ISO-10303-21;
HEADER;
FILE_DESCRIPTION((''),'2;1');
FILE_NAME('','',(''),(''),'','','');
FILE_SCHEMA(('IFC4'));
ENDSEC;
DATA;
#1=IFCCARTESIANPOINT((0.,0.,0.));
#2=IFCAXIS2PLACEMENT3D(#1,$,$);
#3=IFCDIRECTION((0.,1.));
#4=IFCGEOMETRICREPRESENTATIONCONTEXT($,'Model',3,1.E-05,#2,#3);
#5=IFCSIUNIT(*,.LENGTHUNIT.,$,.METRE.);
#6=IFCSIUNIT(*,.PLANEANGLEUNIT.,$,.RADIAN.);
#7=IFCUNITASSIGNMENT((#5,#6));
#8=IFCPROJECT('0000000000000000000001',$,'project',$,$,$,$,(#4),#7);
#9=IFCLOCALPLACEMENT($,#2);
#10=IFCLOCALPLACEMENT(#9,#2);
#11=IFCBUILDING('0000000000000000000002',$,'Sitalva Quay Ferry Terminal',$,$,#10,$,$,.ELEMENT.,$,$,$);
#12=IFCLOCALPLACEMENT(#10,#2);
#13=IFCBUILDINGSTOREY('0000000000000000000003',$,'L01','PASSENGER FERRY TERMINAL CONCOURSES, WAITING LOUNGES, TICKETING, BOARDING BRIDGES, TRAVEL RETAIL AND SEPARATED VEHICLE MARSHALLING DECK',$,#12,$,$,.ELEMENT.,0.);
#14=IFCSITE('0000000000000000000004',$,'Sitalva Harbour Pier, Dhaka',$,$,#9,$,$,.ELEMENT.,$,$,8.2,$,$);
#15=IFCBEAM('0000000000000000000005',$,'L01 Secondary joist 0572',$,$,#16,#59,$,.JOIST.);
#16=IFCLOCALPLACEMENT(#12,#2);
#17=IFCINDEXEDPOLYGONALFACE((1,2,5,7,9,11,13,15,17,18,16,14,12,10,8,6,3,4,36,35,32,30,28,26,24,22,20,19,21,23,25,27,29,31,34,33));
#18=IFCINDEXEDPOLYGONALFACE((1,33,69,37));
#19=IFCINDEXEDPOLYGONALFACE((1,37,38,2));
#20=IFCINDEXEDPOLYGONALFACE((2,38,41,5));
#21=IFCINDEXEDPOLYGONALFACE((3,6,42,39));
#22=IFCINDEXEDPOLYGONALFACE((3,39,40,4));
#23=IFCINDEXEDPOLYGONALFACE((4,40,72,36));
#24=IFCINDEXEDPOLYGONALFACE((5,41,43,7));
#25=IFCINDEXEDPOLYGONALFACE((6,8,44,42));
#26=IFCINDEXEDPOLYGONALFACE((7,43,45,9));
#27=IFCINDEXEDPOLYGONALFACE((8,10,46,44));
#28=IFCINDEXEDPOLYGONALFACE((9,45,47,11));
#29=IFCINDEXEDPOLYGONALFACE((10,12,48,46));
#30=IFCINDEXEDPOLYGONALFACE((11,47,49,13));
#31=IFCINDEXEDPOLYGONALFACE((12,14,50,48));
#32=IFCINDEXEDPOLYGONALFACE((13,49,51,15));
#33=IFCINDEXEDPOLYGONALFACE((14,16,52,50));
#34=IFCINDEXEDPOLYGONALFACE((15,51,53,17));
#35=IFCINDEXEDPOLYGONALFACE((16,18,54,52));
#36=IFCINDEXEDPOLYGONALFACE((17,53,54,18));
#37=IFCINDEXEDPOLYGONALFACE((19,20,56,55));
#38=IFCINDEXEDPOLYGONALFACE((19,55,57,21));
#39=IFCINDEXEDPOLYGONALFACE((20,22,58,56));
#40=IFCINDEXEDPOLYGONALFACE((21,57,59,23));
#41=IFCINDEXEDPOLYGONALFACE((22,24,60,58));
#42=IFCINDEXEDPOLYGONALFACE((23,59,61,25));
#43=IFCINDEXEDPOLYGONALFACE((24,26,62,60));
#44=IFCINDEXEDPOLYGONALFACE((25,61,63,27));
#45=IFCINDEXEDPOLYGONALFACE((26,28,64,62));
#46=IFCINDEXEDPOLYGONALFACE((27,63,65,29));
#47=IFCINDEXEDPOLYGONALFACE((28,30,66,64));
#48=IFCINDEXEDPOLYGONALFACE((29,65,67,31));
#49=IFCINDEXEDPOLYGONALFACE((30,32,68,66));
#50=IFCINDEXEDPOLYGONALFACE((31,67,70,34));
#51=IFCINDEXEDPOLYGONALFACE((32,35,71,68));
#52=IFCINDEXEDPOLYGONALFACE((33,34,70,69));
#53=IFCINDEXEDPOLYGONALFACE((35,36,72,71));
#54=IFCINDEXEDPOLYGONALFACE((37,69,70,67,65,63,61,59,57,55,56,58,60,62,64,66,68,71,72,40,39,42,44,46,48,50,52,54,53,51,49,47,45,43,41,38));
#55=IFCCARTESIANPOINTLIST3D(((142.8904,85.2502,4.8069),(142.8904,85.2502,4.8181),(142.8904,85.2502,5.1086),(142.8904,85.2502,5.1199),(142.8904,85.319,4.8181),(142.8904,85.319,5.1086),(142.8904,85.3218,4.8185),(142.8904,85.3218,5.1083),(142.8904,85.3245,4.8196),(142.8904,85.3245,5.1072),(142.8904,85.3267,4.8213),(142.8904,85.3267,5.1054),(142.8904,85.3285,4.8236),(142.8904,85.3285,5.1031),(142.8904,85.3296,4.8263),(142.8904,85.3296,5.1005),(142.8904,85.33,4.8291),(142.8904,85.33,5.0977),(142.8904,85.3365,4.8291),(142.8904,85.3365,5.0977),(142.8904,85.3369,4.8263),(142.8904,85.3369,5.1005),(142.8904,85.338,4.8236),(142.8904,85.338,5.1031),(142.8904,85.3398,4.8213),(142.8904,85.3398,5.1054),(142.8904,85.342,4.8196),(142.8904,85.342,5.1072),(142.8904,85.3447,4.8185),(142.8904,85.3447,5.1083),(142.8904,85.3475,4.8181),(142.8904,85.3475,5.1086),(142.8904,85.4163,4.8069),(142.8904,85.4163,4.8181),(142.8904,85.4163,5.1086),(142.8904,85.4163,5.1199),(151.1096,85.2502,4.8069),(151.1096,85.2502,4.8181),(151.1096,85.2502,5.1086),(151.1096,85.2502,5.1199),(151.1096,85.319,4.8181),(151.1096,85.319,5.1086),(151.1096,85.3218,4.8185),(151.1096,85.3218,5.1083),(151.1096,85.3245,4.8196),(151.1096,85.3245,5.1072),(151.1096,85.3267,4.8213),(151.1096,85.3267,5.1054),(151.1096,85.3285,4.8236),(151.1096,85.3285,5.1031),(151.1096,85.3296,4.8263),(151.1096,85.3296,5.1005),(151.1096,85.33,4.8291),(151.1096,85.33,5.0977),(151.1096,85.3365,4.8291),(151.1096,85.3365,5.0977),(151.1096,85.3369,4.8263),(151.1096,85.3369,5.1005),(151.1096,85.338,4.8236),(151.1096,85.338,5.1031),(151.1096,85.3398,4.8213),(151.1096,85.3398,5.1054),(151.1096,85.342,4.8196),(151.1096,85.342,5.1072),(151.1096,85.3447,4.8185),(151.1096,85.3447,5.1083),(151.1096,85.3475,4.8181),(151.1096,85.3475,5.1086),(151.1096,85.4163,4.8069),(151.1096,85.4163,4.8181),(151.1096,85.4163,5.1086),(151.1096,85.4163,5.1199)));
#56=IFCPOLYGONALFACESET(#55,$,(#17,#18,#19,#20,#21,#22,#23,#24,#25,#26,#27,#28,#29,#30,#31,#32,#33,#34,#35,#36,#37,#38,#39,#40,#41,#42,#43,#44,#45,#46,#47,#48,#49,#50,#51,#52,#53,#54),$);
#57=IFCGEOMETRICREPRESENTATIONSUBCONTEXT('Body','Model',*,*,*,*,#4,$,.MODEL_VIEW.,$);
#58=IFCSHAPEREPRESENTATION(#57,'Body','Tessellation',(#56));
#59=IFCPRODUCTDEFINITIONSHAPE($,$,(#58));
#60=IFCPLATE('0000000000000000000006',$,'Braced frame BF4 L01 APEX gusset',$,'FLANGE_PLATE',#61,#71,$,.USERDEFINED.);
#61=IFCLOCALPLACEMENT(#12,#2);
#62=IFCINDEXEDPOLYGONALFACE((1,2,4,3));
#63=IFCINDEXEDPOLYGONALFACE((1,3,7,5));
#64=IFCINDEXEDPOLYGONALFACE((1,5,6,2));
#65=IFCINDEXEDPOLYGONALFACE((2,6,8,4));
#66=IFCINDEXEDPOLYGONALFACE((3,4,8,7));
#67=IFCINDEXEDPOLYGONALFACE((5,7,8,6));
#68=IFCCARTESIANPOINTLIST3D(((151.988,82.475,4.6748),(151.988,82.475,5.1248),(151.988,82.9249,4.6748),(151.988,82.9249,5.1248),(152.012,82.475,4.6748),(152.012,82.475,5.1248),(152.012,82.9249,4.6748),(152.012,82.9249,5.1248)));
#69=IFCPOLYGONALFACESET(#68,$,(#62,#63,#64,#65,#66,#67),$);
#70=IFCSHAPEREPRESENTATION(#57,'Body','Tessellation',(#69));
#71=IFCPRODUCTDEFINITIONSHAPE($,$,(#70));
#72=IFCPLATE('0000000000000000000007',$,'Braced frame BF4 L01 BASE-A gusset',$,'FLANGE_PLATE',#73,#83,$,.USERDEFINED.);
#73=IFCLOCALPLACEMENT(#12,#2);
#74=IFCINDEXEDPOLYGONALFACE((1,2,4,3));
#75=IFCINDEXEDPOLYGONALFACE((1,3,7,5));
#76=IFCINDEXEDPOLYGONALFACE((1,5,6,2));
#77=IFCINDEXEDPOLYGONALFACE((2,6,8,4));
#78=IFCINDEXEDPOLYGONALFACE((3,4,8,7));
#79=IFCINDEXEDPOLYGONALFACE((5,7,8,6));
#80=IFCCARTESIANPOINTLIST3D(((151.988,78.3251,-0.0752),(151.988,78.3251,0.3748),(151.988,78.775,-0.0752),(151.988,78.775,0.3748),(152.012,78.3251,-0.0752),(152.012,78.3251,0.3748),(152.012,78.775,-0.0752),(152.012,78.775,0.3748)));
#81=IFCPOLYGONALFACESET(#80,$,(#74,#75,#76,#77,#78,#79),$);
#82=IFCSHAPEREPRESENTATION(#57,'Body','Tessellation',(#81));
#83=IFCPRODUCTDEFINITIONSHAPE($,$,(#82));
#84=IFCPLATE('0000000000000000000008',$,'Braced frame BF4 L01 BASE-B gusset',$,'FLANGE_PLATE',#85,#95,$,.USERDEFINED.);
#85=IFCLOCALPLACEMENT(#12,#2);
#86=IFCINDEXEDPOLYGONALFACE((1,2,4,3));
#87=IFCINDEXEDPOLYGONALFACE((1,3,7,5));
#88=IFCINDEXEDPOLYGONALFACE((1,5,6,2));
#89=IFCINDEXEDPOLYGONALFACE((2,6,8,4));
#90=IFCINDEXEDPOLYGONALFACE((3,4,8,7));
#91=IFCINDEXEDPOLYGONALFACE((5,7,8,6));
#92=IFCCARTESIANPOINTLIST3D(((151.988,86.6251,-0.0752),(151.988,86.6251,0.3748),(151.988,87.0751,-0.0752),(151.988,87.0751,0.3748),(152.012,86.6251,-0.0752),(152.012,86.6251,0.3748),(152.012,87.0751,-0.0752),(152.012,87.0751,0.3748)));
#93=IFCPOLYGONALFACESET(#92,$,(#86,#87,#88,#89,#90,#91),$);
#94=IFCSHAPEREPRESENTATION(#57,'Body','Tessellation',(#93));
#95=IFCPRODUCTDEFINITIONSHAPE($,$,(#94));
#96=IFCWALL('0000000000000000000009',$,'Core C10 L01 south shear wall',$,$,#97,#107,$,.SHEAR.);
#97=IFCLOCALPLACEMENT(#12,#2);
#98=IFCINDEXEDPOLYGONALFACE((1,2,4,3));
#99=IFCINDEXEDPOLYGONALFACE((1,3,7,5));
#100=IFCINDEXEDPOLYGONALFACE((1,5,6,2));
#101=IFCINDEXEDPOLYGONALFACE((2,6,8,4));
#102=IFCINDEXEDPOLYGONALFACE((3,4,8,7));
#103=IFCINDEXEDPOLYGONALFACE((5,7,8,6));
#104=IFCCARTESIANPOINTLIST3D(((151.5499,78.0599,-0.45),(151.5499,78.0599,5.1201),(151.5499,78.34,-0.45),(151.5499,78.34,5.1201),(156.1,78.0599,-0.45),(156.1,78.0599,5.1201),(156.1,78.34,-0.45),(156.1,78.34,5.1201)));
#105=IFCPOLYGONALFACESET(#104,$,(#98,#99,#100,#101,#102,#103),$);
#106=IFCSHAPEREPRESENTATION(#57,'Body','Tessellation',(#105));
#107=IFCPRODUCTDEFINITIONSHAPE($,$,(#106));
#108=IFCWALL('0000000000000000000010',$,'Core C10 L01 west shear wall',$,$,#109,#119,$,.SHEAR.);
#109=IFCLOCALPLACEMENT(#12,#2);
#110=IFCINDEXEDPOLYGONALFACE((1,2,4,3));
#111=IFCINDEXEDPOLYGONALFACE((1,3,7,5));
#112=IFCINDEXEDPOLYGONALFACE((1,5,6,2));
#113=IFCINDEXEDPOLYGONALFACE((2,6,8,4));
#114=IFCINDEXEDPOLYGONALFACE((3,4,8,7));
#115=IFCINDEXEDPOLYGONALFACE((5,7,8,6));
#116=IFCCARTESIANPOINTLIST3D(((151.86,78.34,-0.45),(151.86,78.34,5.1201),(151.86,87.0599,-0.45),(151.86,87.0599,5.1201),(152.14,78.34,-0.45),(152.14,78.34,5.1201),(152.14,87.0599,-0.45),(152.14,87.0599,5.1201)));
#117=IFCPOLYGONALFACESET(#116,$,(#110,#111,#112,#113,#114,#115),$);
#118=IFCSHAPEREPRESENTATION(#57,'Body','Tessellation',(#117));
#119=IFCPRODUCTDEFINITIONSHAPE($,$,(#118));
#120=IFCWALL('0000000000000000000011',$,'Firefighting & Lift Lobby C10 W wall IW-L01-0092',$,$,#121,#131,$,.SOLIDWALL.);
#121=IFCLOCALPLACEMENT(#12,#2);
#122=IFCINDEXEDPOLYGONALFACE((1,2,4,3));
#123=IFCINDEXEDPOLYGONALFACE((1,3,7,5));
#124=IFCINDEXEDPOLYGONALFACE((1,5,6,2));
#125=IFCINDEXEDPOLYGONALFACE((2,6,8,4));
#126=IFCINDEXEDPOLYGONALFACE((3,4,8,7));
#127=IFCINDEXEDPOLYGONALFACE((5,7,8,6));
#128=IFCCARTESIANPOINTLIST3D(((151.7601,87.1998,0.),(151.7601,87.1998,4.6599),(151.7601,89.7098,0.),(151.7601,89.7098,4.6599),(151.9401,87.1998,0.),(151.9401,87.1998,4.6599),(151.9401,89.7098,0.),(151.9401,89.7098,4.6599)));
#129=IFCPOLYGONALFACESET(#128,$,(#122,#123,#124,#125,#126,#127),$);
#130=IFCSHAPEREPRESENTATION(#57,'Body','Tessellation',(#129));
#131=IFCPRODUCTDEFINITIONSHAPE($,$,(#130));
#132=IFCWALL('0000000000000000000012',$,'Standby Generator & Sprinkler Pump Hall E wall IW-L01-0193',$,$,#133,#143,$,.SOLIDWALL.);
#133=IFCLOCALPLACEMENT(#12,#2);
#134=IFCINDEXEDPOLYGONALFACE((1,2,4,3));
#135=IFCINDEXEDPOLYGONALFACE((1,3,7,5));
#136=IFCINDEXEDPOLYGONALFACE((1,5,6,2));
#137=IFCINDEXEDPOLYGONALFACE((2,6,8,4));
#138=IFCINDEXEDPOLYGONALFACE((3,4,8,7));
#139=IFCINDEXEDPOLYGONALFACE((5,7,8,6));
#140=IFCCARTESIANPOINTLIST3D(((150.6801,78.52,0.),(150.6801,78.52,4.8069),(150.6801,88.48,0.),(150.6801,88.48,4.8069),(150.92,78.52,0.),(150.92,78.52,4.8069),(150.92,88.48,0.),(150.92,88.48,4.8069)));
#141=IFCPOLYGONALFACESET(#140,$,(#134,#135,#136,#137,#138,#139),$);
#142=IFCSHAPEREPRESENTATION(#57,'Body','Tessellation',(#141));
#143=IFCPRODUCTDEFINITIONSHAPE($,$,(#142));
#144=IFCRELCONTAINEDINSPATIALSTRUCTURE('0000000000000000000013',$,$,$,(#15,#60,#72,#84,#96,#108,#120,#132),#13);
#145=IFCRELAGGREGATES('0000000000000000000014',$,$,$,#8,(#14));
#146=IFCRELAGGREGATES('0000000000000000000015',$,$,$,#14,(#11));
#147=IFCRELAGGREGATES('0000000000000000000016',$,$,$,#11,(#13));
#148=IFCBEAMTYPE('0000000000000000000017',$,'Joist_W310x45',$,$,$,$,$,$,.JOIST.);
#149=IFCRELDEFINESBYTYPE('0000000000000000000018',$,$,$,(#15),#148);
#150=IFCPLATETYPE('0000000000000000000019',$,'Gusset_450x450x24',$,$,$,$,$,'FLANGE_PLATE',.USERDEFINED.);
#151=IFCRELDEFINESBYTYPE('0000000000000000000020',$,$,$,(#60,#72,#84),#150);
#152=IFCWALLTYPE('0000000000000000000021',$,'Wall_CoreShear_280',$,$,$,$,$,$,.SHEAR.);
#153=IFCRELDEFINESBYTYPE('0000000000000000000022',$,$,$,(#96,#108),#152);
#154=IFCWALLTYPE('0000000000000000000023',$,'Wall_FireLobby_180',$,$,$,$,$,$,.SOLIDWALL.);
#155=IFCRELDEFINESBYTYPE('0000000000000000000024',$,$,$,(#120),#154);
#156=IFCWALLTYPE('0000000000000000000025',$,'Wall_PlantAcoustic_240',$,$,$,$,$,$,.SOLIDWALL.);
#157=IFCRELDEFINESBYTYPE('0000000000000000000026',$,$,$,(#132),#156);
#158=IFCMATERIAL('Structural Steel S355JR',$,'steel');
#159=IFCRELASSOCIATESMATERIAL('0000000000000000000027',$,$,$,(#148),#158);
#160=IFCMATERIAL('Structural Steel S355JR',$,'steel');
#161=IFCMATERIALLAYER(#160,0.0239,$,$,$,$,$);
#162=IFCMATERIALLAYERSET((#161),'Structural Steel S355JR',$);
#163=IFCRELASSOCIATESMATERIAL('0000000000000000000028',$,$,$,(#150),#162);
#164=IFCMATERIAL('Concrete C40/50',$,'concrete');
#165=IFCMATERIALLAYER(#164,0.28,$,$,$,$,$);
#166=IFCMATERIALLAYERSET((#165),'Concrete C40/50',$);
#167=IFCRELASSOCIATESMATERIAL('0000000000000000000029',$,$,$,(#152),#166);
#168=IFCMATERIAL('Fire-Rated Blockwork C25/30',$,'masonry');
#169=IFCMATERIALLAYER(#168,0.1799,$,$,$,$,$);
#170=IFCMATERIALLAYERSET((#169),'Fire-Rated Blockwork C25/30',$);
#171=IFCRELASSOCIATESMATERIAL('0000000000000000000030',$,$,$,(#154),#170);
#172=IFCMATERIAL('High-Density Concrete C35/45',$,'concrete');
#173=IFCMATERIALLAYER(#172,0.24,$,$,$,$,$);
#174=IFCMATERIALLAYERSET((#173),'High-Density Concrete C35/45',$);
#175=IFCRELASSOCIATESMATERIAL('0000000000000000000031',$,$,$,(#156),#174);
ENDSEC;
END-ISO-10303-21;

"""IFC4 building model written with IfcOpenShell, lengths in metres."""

from ifc_helpers import new_model, si_unit, direction, frame, frame_2d, origin, origin_2d, place, context, subcontext, project, spatial, rectangle, i_section, extrude, material, layer, layer_set, material_profile, profile_set, type_object, element, save


model = new_model("IFC4")

# Units and contexts
model_context = context("Model", 3, precision=1e-05, world=origin(), true_north=direction((0.0, 1.0)))
body_context = subcontext(model_context, "Body", "Model", "MODEL_VIEW")
ifc_project = project(units=[si_unit("LENGTHUNIT", "METRE"), si_unit("PLANEANGLEUNIT", "RADIAN")], contexts=[model_context])

# Site, building, storey
site_placement = place(None, origin())
site = spatial("IfcSite", under=ifc_project, at=site_placement, Name="Sitalva Harbour Pier, Dhaka", CompositionType="ELEMENT", RefElevation=8.2)
building_placement = place(site_placement, origin())
building = spatial("IfcBuilding", under=site, at=building_placement, Name="Sitalva Quay Ferry Terminal", CompositionType="ELEMENT")
storey_placement = place(building_placement, origin())
storey = spatial("IfcBuildingStorey", under=building, at=storey_placement, Name="L01", Description="PASSENGER FERRY TERMINAL CONCOURSES, WAITING LOUNGES, TICKETING, BOARDING BRIDGES, TRAVEL RETAIL AND SEPARATED VEHICLE MARSHALLING DECK", CompositionType="ELEMENT", Elevation=0.0)

# Beam
ifc_material_1 = material(Name="Structural Steel S355JR", Category="steel")
ifc_material_profile_1 = material_profile(ifc_material_1, i_section(OverallWidth=0.166, OverallDepth=0.313, WebThickness=0.0066, FlangeThickness=0.0112, FilletRadius=0.011, at=origin_2d()), Name="W310x45")
ifc_profile_set_1 = profile_set([ifc_material_profile_1], Name="Structural Steel S355JR")
beam_type = type_object("IfcBeamType", Name="Joist_W310x45", PredefinedType="JOIST", material=ifc_profile_set_1)
for number, where, z_axis, x_axis, name in (
    (1, (142.8904, 85.3333, 4.9634), (1.0, 0.0, 0.0), (0.0, 1.0, 0.0), "L01 Secondary joist 0572"),
):
    element("IfcBeam", number, at=place(storey_placement, frame(where, z_axis=z_axis, x_axis=x_axis)), inside=storey, type_object=beam_type, Name=name, PredefinedType="JOIST", context=body_context, shape_type="SweptSolid", body=[
        extrude(i_section(OverallWidth=0.166, OverallDepth=0.313, WebThickness=0.0066, FlangeThickness=0.0112, FilletRadius=0.011, at=origin_2d()), origin(), (0.0, 0.0, 1.0), 8.2192),
    ])

# Plates
ifc_material_2 = material(Name="Structural Steel S355JR", Category="steel")
ifc_layer_1 = layer(ifc_material_2, 0.0239)
ifc_layer_set_1 = layer_set([ifc_layer_1], Name="Structural Steel S355JR")
plate_type = type_object("IfcPlateType", Name="Gusset_450x450x24", ElementType="FLANGE_PLATE", PredefinedType="USERDEFINED", material=ifc_layer_set_1)
for number, where, z_axis, x_axis, name in (
    (2, (152.0, 82.7, 4.6748), (0.0, 0.0, 1.0), (1.0, 0.0, 0.0), "Braced frame BF4 L01 APEX gusset"),
    (3, (152.0, 78.55, -0.0752), (0.0, 0.0, 1.0), (1.0, 0.0, 0.0), "Braced frame BF4 L01 BASE-A gusset"),
    (4, (152.0, 86.8501, -0.0752), (0.0, 0.0, 1.0), (1.0, 0.0, 0.0), "Braced frame BF4 L01 BASE-B gusset"),
):
    element("IfcPlate", number, at=place(storey_placement, frame(where, z_axis=z_axis, x_axis=x_axis)), inside=storey, type_object=plate_type, Name=name, ObjectType="FLANGE_PLATE", PredefinedType="USERDEFINED", context=body_context, shape_type="SweptSolid", body=[
        extrude(rectangle(XDim=0.0239, YDim=0.45, at=origin_2d()), origin(), (0.0, 0.0, 1.0), 0.45),
    ])

# Walls
ifc_material_3 = material(Name="Concrete C40/50", Category="concrete")
ifc_layer_2 = layer(ifc_material_3, 0.28)
ifc_layer_set_2 = layer_set([ifc_layer_2], Name="Concrete C40/50")
wall_type_1 = type_object("IfcWallType", Name="Wall_CoreShear_280", PredefinedType="SHEAR", material=ifc_layer_set_2)
wall_1_placement = place(storey_placement, frame((151.55, 78.2, -0.45), z_axis=(0.0, 0.0, 1.0), x_axis=(1.0, 0.0, 0.0)))
element("IfcWall", 5, at=wall_1_placement, inside=storey, type_object=wall_type_1, Name="Core C10 L01 south shear wall", PredefinedType="SHEAR", context=body_context, shape_type="SweptSolid", body=[
    extrude(rectangle(XDim=4.55, YDim=0.28, at=frame_2d((2.2749, 0.0))), origin(), (0.0, 0.0, 1.0), 5.5701),
])
wall_2_placement = place(storey_placement, frame((152.0, 78.3401, -0.45), z_axis=(0.0, 0.0, 1.0), x_axis=(0.0, 1.0, 0.0)))
element("IfcWall", 6, at=wall_2_placement, inside=storey, type_object=wall_type_1, Name="Core C10 L01 west shear wall", PredefinedType="SHEAR", context=body_context, shape_type="SweptSolid", body=[
    extrude(rectangle(XDim=8.72, YDim=0.28, at=frame_2d((4.3599, 0.0))), origin(), (0.0, 0.0, 1.0), 5.5701),
])
ifc_material_4 = material(Name="Fire-Rated Blockwork C25/30", Category="masonry")
ifc_layer_3 = layer(ifc_material_4, 0.1799)
ifc_layer_set_3 = layer_set([ifc_layer_3], Name="Fire-Rated Blockwork C25/30")
wall_type_2 = type_object("IfcWallType", Name="Wall_FireLobby_180", PredefinedType="SOLIDWALL", material=ifc_layer_set_3)
wall_3_placement = place(storey_placement, frame((151.8501, 87.2, 0.0), z_axis=(0.0, 0.0, 1.0), x_axis=(0.0, 1.0, 0.0)))
element("IfcWall", 7, at=wall_3_placement, inside=storey, type_object=wall_type_2, Name="Firefighting & Lift Lobby C10 W wall IW-L01-0092", PredefinedType="SOLIDWALL", context=body_context, shape_type="SweptSolid", body=[
    extrude(rectangle(XDim=2.51, YDim=0.1799, at=frame_2d((1.2549, 0.0))), origin(), (0.0, 0.0, 1.0), 4.6599),
])
ifc_material_5 = material(Name="High-Density Concrete C35/45", Category="concrete")
ifc_layer_4 = layer(ifc_material_5, 0.24)
ifc_layer_set_4 = layer_set([ifc_layer_4], Name="High-Density Concrete C35/45")
wall_type_3 = type_object("IfcWallType", Name="Wall_PlantAcoustic_240", PredefinedType="SOLIDWALL", material=ifc_layer_set_4)
wall_4_placement = place(storey_placement, frame((150.8, 78.52, 0.0), z_axis=(0.0, 0.0, 1.0), x_axis=(0.0, 1.0, 0.0)))
element("IfcWall", 8, at=wall_4_placement, inside=storey, type_object=wall_type_3, Name="Standby Generator & Sprinkler Pump Hall E wall IW-L01-0193", PredefinedType="SOLIDWALL", context=body_context, shape_type="SweptSolid", body=[
    extrude(rectangle(XDim=9.96, YDim=0.24, at=frame_2d((4.98, 0.0))), origin(), (0.0, 0.0, 1.0), 4.8069),
])

save(model, "model.ifc")
